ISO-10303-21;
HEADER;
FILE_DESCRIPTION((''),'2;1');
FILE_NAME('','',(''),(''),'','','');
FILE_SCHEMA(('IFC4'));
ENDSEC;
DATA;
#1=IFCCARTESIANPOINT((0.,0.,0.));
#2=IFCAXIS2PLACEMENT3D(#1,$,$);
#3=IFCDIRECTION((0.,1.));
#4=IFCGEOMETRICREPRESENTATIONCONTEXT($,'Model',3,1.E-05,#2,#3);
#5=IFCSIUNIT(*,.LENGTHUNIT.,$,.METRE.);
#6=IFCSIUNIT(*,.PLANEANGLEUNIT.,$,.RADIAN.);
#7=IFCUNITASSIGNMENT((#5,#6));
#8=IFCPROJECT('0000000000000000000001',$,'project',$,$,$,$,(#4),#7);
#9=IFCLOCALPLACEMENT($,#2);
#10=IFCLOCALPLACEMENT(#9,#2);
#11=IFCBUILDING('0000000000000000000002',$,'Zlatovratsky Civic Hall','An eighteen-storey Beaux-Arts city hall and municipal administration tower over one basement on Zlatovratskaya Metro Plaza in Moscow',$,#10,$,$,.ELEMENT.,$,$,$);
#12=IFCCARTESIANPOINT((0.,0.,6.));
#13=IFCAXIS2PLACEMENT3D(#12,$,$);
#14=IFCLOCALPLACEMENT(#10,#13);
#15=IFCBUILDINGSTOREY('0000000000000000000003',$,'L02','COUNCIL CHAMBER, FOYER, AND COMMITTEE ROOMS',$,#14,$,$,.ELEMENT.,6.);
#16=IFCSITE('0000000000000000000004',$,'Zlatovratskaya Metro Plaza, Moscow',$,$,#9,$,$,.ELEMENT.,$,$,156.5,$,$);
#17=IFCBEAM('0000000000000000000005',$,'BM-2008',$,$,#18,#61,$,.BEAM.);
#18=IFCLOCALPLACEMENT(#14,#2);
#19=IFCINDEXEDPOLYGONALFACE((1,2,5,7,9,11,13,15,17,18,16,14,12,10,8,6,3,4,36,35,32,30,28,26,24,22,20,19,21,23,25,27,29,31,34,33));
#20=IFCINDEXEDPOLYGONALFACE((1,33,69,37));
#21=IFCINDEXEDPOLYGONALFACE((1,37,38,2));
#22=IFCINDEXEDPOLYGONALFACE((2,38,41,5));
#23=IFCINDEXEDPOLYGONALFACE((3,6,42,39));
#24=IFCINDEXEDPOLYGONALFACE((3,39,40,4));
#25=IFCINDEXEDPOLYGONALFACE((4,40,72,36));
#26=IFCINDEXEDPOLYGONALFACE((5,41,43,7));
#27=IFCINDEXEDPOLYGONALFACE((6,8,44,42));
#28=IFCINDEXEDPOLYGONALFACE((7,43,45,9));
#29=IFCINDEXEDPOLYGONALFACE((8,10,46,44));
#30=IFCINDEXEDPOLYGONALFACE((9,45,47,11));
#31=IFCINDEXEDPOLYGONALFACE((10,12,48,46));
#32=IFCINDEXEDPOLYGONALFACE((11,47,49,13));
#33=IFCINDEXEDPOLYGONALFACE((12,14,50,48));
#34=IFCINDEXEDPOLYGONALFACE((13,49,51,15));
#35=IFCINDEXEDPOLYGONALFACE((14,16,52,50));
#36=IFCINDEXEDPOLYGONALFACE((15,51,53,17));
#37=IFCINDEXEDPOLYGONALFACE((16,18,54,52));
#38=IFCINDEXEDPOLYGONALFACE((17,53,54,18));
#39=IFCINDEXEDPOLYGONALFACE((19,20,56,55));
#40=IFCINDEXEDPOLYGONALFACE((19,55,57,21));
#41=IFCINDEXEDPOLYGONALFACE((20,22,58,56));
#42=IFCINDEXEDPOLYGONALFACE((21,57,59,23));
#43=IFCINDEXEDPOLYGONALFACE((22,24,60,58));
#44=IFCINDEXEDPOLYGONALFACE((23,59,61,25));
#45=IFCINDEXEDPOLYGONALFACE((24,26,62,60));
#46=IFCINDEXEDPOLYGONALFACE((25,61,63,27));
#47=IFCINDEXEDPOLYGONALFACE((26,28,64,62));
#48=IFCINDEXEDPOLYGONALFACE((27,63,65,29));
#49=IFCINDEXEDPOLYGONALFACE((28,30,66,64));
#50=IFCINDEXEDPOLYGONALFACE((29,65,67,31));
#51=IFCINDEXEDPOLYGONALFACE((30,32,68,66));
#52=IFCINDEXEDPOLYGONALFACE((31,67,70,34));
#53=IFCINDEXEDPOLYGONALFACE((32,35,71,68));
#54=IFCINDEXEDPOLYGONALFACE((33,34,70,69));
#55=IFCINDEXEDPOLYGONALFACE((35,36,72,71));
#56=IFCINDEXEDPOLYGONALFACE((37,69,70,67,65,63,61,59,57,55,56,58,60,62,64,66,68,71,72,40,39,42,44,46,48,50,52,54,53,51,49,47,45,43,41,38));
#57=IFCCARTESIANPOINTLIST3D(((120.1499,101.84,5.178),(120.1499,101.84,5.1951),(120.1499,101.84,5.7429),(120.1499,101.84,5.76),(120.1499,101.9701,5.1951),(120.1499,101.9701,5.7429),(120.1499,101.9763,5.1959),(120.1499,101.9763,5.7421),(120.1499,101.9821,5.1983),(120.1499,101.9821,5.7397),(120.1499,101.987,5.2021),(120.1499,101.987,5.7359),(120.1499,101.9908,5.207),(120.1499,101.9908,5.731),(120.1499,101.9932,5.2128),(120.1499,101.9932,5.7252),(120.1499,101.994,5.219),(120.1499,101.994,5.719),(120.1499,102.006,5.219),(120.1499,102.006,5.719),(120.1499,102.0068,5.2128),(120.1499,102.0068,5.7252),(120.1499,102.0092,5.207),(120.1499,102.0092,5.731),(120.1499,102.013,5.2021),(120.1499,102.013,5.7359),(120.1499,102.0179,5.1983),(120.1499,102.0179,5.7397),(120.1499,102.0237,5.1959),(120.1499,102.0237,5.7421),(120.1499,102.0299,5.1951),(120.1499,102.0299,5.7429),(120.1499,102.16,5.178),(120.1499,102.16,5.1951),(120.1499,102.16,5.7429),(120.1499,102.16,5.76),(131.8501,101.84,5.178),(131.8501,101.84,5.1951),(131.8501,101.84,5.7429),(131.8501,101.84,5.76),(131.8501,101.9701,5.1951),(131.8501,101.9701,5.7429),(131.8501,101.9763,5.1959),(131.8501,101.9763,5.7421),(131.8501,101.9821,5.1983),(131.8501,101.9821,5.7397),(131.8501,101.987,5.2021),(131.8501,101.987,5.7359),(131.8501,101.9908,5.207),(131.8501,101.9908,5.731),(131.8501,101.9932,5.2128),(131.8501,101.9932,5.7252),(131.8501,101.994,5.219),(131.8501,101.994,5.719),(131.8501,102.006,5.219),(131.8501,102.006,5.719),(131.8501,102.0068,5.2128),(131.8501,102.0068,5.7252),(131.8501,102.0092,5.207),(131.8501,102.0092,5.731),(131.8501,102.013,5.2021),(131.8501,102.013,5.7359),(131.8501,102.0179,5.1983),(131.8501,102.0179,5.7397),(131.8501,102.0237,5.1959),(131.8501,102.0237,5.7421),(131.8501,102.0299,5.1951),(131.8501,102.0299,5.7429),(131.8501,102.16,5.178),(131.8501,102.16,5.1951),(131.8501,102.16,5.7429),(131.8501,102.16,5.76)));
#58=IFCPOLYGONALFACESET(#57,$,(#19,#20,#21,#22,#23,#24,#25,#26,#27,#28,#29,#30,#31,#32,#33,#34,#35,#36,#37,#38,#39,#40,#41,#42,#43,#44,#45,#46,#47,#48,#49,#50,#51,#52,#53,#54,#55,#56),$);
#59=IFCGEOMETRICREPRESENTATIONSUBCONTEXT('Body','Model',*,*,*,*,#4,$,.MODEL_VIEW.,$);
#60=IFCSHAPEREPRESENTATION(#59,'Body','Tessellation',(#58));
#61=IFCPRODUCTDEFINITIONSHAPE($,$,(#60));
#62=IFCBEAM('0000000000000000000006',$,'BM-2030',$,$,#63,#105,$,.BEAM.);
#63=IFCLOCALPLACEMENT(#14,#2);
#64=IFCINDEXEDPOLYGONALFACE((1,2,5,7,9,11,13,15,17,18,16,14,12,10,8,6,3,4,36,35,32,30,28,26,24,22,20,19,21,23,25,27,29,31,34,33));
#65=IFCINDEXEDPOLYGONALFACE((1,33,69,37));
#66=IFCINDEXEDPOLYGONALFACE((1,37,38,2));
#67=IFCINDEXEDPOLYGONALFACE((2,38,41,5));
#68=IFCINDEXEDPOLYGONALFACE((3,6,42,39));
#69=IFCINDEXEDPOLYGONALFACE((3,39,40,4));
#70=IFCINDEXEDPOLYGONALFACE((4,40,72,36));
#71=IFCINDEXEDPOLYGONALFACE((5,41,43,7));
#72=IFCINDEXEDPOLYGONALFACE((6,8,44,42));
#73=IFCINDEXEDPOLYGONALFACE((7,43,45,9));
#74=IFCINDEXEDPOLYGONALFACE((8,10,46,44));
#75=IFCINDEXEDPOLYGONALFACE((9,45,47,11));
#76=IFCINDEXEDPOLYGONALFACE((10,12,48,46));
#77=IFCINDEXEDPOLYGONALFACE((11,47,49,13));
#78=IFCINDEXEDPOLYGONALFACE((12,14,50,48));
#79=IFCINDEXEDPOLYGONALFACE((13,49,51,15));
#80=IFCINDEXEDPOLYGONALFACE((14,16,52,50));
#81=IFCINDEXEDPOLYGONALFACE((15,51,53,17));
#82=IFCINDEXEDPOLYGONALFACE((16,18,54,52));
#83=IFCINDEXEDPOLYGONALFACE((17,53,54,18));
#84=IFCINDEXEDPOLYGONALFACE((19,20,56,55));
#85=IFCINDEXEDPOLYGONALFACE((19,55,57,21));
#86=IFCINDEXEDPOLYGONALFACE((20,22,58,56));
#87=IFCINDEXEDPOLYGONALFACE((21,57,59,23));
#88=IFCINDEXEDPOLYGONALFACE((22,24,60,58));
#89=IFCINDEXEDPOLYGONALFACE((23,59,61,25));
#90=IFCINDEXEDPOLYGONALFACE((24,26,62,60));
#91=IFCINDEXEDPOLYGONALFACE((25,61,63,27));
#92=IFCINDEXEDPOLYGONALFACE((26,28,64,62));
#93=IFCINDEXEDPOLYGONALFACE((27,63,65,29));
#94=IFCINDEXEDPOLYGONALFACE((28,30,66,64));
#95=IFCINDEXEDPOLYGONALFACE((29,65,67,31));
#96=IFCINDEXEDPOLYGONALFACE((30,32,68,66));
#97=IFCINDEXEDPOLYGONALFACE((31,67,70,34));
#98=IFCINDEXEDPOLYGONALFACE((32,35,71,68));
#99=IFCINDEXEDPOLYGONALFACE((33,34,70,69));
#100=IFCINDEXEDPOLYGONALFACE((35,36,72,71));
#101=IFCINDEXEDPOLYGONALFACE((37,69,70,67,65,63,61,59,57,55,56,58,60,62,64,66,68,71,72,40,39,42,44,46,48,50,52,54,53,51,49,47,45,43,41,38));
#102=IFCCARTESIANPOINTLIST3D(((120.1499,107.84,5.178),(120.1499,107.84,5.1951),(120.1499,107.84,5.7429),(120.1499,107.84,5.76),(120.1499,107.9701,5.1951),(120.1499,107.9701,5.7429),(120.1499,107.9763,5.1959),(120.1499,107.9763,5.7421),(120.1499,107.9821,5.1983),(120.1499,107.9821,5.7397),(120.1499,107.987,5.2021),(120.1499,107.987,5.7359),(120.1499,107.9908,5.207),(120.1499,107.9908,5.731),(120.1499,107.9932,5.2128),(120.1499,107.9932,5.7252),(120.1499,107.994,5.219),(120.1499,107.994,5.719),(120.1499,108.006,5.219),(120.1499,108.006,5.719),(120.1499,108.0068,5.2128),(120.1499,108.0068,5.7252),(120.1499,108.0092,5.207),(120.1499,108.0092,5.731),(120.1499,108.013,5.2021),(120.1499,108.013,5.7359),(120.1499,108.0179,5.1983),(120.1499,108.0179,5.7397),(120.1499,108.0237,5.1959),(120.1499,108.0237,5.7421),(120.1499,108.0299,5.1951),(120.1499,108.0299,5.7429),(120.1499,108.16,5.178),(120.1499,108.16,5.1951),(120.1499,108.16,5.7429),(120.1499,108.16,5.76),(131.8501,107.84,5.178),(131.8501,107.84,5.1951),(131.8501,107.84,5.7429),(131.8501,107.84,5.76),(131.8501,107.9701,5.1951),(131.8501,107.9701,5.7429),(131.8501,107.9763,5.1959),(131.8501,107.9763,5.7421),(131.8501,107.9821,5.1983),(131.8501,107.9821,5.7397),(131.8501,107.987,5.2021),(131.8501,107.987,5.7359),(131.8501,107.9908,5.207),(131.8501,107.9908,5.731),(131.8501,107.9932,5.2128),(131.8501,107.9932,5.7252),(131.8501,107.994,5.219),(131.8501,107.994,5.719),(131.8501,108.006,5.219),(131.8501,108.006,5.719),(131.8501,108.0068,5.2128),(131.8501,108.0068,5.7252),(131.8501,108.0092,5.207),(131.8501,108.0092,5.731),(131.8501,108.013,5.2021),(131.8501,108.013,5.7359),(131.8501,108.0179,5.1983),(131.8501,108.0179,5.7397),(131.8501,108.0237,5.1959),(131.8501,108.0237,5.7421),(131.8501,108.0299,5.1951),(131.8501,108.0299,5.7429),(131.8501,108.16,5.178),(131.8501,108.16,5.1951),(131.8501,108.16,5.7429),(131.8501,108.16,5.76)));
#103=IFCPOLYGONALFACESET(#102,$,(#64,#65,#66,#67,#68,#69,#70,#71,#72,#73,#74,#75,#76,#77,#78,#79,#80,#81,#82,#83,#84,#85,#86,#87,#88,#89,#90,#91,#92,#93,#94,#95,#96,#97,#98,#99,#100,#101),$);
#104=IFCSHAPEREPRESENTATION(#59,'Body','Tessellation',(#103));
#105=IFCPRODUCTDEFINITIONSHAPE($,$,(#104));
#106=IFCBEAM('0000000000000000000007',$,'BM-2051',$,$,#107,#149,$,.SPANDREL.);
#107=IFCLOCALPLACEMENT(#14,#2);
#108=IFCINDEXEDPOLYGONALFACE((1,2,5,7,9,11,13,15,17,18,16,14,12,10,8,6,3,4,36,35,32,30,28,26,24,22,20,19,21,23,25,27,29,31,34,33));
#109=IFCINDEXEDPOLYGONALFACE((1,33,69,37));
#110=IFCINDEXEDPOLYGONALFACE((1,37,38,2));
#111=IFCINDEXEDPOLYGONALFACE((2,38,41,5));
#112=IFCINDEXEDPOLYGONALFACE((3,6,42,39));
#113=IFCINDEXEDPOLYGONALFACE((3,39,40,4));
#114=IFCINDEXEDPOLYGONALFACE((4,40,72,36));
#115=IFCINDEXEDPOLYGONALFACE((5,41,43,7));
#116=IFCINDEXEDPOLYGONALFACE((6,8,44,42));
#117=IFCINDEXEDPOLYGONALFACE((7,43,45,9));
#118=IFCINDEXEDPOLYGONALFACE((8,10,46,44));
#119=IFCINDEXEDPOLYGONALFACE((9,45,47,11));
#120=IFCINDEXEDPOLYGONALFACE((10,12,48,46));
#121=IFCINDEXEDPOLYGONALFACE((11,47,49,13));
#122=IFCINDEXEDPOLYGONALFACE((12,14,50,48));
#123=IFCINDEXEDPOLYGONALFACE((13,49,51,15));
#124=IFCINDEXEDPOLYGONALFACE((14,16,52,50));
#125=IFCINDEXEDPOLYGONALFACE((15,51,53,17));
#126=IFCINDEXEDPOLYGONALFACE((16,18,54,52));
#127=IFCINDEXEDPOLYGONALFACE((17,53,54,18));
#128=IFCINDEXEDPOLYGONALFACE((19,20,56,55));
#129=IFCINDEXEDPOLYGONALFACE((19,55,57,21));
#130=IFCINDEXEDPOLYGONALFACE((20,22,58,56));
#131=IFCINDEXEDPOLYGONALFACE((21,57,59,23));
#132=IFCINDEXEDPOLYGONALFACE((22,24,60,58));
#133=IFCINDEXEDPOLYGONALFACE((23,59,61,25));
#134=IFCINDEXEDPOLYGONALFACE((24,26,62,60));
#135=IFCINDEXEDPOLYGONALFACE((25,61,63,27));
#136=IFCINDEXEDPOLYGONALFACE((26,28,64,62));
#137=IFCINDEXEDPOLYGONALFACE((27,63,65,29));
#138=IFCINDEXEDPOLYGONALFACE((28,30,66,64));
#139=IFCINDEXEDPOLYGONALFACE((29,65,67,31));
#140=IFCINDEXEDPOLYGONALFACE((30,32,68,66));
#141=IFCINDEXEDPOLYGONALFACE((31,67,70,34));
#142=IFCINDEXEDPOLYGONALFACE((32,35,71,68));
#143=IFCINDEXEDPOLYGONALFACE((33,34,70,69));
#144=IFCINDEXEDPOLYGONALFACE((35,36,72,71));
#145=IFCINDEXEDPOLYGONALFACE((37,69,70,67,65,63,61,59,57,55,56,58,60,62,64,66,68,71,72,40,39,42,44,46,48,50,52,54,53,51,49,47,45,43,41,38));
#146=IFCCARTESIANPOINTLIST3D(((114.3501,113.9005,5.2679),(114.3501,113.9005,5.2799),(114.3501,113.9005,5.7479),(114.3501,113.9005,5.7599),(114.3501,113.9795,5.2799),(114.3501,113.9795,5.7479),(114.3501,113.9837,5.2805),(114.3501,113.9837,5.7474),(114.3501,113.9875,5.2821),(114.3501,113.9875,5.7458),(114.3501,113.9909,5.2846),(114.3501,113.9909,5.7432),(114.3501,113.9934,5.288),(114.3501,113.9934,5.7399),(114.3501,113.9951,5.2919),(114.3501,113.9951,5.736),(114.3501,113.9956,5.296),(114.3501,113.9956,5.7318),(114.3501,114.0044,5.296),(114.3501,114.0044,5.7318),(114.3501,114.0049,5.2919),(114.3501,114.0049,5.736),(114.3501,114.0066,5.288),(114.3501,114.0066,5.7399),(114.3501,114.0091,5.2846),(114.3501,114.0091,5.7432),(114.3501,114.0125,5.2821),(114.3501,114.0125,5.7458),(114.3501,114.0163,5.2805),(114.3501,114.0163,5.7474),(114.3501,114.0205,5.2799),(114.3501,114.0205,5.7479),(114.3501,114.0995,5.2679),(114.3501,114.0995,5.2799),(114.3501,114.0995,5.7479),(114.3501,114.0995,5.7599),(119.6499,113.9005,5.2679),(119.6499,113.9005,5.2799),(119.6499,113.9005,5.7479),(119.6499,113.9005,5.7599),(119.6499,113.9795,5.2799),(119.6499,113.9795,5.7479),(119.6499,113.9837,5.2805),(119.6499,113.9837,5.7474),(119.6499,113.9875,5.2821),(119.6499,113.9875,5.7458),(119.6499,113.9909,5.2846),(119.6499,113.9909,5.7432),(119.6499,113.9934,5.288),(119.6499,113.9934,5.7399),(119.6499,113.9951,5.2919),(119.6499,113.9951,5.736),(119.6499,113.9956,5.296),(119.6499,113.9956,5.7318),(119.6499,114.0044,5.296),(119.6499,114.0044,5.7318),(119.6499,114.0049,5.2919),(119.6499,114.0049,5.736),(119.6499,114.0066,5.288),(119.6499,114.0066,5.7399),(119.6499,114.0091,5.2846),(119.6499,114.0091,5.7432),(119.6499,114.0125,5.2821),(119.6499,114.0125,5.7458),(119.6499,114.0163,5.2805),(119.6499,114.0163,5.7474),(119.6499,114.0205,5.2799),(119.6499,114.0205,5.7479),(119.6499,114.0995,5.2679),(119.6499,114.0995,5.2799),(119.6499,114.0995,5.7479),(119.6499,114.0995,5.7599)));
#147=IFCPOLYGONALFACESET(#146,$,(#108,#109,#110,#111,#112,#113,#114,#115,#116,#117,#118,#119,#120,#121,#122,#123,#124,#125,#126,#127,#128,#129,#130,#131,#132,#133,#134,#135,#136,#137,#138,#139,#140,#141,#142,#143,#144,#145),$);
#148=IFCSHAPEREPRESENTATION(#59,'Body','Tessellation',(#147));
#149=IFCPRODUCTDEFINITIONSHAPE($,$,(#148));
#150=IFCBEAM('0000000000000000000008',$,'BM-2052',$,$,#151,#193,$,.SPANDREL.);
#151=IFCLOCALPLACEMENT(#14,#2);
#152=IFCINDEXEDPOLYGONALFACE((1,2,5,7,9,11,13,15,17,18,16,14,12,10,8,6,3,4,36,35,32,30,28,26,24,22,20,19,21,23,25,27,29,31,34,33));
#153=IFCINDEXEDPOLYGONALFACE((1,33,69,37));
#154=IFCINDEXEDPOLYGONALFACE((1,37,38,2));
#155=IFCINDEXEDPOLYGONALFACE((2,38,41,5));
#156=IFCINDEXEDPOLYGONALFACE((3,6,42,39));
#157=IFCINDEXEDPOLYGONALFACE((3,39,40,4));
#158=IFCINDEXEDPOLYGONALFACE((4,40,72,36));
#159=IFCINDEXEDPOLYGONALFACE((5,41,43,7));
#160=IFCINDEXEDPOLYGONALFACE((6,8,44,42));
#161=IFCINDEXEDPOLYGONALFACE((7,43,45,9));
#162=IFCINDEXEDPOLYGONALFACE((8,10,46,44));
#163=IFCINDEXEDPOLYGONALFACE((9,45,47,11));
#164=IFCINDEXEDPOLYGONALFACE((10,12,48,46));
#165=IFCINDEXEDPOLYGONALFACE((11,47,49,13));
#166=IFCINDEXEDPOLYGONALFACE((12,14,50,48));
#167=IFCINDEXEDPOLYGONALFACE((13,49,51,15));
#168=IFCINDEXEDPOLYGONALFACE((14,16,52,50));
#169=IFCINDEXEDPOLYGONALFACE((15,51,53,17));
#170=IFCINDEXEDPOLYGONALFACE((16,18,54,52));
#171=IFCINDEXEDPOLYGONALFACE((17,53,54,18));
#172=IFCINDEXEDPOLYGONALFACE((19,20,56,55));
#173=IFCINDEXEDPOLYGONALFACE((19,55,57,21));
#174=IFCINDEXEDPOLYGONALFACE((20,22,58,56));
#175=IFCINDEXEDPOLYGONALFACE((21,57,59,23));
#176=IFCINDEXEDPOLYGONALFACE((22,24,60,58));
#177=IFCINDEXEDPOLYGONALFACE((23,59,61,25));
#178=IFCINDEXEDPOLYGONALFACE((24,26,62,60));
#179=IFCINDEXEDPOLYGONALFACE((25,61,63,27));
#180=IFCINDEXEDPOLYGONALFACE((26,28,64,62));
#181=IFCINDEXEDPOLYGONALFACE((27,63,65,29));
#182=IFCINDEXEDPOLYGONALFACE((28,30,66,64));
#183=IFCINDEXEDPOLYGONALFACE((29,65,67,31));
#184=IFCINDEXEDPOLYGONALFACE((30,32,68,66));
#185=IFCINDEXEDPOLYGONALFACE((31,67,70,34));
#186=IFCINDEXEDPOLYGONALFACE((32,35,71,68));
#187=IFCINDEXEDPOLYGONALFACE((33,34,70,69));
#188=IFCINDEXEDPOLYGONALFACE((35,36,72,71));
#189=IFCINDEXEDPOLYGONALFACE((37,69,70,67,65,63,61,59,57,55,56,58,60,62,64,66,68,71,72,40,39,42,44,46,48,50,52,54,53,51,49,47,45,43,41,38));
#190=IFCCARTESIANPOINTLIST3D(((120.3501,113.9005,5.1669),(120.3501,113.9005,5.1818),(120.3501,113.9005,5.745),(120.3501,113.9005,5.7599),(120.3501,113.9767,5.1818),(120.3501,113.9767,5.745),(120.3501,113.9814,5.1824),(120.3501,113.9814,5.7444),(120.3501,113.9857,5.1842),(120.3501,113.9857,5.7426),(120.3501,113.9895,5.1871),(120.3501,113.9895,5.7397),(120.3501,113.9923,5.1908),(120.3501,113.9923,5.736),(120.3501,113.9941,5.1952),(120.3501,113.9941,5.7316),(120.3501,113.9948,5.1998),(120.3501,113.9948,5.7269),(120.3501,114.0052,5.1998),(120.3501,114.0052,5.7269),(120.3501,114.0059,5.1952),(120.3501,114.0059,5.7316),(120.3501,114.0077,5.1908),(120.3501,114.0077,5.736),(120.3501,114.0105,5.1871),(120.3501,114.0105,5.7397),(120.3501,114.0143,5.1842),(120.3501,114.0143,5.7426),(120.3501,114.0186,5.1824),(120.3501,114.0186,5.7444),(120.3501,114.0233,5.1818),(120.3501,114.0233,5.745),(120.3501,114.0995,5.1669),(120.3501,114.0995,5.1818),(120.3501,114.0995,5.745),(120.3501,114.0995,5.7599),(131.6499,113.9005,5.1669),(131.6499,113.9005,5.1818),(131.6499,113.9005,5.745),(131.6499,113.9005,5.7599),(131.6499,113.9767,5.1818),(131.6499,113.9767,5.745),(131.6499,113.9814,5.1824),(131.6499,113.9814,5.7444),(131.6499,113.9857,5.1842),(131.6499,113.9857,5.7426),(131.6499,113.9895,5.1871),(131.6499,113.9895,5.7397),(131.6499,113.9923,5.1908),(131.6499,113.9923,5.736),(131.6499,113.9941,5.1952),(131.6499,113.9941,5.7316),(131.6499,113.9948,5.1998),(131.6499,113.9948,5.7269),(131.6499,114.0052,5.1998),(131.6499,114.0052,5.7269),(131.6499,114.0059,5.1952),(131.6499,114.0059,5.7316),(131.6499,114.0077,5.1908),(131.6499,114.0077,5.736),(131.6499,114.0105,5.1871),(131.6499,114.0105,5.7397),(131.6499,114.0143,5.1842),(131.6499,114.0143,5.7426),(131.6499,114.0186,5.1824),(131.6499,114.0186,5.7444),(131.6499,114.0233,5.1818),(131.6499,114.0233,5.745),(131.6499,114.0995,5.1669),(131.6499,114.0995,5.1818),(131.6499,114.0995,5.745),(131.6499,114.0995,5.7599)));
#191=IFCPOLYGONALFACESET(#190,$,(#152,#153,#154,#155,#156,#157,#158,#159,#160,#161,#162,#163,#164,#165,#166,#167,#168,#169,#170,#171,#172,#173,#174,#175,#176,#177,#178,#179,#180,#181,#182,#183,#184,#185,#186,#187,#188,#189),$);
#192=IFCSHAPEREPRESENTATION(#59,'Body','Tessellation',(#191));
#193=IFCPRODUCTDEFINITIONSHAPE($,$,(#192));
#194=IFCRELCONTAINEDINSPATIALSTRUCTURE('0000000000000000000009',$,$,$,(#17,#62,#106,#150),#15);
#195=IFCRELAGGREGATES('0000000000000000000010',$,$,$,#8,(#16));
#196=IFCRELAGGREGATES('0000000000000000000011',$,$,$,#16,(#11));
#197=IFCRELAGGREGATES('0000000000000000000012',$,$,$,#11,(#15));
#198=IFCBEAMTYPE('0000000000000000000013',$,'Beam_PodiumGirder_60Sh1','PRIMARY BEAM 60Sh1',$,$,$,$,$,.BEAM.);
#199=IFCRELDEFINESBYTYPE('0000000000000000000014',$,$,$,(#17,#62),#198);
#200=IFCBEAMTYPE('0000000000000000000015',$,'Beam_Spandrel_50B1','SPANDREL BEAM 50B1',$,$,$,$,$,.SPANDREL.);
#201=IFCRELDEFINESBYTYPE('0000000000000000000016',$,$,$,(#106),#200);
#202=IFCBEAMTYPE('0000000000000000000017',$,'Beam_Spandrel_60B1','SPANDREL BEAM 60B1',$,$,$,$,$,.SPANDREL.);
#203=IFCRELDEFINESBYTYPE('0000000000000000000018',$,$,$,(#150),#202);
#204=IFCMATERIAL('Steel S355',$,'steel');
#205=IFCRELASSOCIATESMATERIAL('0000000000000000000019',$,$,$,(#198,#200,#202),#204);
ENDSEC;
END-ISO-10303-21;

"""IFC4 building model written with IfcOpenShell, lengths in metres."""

from ifc_helpers import new_model, si_unit, direction, frame, origin, origin_2d, place, context, subcontext, project, spatial, i_section, extrude, material, material_profile, profile_set, type_object, element, save


model = new_model("IFC4")

# Units and contexts
model_context = context("Model", 3, precision=1e-05, world=origin(), true_north=direction((0.0, 1.0)))
body_context = subcontext(model_context, "Body", "Model", "MODEL_VIEW")
ifc_project = project(units=[si_unit("LENGTHUNIT", "METRE"), si_unit("PLANEANGLEUNIT", "RADIAN")], contexts=[model_context])

# Site, building, storey
site_placement = place(None, origin())
site = spatial("IfcSite", under=ifc_project, at=site_placement, Name="Zlatovratskaya Metro Plaza, Moscow", CompositionType="ELEMENT", RefElevation=156.5)
building_placement = place(site_placement, origin())
building = spatial("IfcBuilding", under=site, at=building_placement, Name="Zlatovratsky Civic Hall", Description="An eighteen-storey Beaux-Arts city hall and municipal administration tower over one basement on Zlatovratskaya Metro Plaza in Moscow", CompositionType="ELEMENT")
storey_placement = place(building_placement, frame((0.0, 0.0, 6.0)))
storey = spatial("IfcBuildingStorey", under=building, at=storey_placement, Name="L02", Description="COUNCIL CHAMBER, FOYER, AND COMMITTEE ROOMS", CompositionType="ELEMENT", Elevation=6.0)

# Shared definitions
ifc_material_1 = material(Name="Steel S355", Category="steel")

# Beams
ifc_material_profile_1 = material_profile(ifc_material_1, i_section(OverallWidth=0.3201, OverallDepth=0.582, WebThickness=0.012, FlangeThickness=0.0171, FilletRadius=0.0239, at=origin_2d()), Name="60Sh1")
ifc_profile_set_1 = profile_set([ifc_material_profile_1], Name="Steel S355")
beam_type_1 = type_object("IfcBeamType", Name="Beam_PodiumGirder_60Sh1", Description="PRIMARY BEAM 60Sh1", PredefinedType="BEAM", material=ifc_profile_set_1)
for number, where, z_axis, x_axis, name in (
    (1, (120.1499, 102.0, 5.469), (1.0, 0.0, 0.0), (0.0, 1.0, 0.0), "BM-2008"),
    (2, (120.1499, 108.0, 5.469), (1.0, 0.0, 0.0), (0.0, 1.0, 0.0), "BM-2030"),
):
    element("IfcBeam", number, at=place(storey_placement, frame(where, z_axis=z_axis, x_axis=x_axis)), inside=storey, type_object=beam_type_1, Name=name, PredefinedType="BEAM", context=body_context, shape_type="SweptSolid", body=[
        extrude(i_section(OverallWidth=0.3201, OverallDepth=0.582, WebThickness=0.012, FlangeThickness=0.0171, FilletRadius=0.0239, at=origin_2d()), origin(), (0.0, 0.0, 1.0), 11.7002),
    ])
ifc_material_profile_2 = material_profile(ifc_material_1, i_section(OverallWidth=0.199, OverallDepth=0.4919, WebThickness=0.0088, FlangeThickness=0.012, FilletRadius=0.0161, at=origin_2d()), Name="50B1")
ifc_profile_set_2 = profile_set([ifc_material_profile_2], Name="Steel S355")
beam_type_2 = type_object("IfcBeamType", Name="Beam_Spandrel_50B1", Description="SPANDREL BEAM 50B1", PredefinedType="SPANDREL", material=ifc_profile_set_2)
beam_1_placement = place(storey_placement, frame((114.3501, 114.0, 5.5139), z_axis=(1.0, 0.0, 0.0), x_axis=(0.0, 1.0, 0.0)))
element("IfcBeam", 3, at=beam_1_placement, inside=storey, type_object=beam_type_2, Name="BM-2051", PredefinedType="SPANDREL", context=body_context, shape_type="SweptSolid", body=[
    extrude(i_section(OverallWidth=0.199, OverallDepth=0.4919, WebThickness=0.0088, FlangeThickness=0.012, FilletRadius=0.0161, at=origin_2d()), origin(), (0.0, 0.0, 1.0), 5.2998),
])
ifc_material_profile_3 = material_profile(ifc_material_1, i_section(OverallWidth=0.199, OverallDepth=0.593, WebThickness=0.0105, FlangeThickness=0.0149, FilletRadius=0.0181, at=origin_2d()), Name="60B1")
ifc_profile_set_3 = profile_set([ifc_material_profile_3], Name="Steel S355")
beam_type_3 = type_object("IfcBeamType", Name="Beam_Spandrel_60B1", Description="SPANDREL BEAM 60B1", PredefinedType="SPANDREL", material=ifc_profile_set_3)
beam_2_placement = place(storey_placement, frame((120.3501, 114.0, 5.4634), z_axis=(1.0, 0.0, 0.0), x_axis=(0.0, 1.0, 0.0)))
element("IfcBeam", 4, at=beam_2_placement, inside=storey, type_object=beam_type_3, Name="BM-2052", PredefinedType="SPANDREL", context=body_context, shape_type="SweptSolid", body=[
    extrude(i_section(OverallWidth=0.199, OverallDepth=0.593, WebThickness=0.0105, FlangeThickness=0.0149, FilletRadius=0.0181, at=origin_2d()), origin(), (0.0, 0.0, 1.0), 11.2998),
])

save(model, "model.ifc")
